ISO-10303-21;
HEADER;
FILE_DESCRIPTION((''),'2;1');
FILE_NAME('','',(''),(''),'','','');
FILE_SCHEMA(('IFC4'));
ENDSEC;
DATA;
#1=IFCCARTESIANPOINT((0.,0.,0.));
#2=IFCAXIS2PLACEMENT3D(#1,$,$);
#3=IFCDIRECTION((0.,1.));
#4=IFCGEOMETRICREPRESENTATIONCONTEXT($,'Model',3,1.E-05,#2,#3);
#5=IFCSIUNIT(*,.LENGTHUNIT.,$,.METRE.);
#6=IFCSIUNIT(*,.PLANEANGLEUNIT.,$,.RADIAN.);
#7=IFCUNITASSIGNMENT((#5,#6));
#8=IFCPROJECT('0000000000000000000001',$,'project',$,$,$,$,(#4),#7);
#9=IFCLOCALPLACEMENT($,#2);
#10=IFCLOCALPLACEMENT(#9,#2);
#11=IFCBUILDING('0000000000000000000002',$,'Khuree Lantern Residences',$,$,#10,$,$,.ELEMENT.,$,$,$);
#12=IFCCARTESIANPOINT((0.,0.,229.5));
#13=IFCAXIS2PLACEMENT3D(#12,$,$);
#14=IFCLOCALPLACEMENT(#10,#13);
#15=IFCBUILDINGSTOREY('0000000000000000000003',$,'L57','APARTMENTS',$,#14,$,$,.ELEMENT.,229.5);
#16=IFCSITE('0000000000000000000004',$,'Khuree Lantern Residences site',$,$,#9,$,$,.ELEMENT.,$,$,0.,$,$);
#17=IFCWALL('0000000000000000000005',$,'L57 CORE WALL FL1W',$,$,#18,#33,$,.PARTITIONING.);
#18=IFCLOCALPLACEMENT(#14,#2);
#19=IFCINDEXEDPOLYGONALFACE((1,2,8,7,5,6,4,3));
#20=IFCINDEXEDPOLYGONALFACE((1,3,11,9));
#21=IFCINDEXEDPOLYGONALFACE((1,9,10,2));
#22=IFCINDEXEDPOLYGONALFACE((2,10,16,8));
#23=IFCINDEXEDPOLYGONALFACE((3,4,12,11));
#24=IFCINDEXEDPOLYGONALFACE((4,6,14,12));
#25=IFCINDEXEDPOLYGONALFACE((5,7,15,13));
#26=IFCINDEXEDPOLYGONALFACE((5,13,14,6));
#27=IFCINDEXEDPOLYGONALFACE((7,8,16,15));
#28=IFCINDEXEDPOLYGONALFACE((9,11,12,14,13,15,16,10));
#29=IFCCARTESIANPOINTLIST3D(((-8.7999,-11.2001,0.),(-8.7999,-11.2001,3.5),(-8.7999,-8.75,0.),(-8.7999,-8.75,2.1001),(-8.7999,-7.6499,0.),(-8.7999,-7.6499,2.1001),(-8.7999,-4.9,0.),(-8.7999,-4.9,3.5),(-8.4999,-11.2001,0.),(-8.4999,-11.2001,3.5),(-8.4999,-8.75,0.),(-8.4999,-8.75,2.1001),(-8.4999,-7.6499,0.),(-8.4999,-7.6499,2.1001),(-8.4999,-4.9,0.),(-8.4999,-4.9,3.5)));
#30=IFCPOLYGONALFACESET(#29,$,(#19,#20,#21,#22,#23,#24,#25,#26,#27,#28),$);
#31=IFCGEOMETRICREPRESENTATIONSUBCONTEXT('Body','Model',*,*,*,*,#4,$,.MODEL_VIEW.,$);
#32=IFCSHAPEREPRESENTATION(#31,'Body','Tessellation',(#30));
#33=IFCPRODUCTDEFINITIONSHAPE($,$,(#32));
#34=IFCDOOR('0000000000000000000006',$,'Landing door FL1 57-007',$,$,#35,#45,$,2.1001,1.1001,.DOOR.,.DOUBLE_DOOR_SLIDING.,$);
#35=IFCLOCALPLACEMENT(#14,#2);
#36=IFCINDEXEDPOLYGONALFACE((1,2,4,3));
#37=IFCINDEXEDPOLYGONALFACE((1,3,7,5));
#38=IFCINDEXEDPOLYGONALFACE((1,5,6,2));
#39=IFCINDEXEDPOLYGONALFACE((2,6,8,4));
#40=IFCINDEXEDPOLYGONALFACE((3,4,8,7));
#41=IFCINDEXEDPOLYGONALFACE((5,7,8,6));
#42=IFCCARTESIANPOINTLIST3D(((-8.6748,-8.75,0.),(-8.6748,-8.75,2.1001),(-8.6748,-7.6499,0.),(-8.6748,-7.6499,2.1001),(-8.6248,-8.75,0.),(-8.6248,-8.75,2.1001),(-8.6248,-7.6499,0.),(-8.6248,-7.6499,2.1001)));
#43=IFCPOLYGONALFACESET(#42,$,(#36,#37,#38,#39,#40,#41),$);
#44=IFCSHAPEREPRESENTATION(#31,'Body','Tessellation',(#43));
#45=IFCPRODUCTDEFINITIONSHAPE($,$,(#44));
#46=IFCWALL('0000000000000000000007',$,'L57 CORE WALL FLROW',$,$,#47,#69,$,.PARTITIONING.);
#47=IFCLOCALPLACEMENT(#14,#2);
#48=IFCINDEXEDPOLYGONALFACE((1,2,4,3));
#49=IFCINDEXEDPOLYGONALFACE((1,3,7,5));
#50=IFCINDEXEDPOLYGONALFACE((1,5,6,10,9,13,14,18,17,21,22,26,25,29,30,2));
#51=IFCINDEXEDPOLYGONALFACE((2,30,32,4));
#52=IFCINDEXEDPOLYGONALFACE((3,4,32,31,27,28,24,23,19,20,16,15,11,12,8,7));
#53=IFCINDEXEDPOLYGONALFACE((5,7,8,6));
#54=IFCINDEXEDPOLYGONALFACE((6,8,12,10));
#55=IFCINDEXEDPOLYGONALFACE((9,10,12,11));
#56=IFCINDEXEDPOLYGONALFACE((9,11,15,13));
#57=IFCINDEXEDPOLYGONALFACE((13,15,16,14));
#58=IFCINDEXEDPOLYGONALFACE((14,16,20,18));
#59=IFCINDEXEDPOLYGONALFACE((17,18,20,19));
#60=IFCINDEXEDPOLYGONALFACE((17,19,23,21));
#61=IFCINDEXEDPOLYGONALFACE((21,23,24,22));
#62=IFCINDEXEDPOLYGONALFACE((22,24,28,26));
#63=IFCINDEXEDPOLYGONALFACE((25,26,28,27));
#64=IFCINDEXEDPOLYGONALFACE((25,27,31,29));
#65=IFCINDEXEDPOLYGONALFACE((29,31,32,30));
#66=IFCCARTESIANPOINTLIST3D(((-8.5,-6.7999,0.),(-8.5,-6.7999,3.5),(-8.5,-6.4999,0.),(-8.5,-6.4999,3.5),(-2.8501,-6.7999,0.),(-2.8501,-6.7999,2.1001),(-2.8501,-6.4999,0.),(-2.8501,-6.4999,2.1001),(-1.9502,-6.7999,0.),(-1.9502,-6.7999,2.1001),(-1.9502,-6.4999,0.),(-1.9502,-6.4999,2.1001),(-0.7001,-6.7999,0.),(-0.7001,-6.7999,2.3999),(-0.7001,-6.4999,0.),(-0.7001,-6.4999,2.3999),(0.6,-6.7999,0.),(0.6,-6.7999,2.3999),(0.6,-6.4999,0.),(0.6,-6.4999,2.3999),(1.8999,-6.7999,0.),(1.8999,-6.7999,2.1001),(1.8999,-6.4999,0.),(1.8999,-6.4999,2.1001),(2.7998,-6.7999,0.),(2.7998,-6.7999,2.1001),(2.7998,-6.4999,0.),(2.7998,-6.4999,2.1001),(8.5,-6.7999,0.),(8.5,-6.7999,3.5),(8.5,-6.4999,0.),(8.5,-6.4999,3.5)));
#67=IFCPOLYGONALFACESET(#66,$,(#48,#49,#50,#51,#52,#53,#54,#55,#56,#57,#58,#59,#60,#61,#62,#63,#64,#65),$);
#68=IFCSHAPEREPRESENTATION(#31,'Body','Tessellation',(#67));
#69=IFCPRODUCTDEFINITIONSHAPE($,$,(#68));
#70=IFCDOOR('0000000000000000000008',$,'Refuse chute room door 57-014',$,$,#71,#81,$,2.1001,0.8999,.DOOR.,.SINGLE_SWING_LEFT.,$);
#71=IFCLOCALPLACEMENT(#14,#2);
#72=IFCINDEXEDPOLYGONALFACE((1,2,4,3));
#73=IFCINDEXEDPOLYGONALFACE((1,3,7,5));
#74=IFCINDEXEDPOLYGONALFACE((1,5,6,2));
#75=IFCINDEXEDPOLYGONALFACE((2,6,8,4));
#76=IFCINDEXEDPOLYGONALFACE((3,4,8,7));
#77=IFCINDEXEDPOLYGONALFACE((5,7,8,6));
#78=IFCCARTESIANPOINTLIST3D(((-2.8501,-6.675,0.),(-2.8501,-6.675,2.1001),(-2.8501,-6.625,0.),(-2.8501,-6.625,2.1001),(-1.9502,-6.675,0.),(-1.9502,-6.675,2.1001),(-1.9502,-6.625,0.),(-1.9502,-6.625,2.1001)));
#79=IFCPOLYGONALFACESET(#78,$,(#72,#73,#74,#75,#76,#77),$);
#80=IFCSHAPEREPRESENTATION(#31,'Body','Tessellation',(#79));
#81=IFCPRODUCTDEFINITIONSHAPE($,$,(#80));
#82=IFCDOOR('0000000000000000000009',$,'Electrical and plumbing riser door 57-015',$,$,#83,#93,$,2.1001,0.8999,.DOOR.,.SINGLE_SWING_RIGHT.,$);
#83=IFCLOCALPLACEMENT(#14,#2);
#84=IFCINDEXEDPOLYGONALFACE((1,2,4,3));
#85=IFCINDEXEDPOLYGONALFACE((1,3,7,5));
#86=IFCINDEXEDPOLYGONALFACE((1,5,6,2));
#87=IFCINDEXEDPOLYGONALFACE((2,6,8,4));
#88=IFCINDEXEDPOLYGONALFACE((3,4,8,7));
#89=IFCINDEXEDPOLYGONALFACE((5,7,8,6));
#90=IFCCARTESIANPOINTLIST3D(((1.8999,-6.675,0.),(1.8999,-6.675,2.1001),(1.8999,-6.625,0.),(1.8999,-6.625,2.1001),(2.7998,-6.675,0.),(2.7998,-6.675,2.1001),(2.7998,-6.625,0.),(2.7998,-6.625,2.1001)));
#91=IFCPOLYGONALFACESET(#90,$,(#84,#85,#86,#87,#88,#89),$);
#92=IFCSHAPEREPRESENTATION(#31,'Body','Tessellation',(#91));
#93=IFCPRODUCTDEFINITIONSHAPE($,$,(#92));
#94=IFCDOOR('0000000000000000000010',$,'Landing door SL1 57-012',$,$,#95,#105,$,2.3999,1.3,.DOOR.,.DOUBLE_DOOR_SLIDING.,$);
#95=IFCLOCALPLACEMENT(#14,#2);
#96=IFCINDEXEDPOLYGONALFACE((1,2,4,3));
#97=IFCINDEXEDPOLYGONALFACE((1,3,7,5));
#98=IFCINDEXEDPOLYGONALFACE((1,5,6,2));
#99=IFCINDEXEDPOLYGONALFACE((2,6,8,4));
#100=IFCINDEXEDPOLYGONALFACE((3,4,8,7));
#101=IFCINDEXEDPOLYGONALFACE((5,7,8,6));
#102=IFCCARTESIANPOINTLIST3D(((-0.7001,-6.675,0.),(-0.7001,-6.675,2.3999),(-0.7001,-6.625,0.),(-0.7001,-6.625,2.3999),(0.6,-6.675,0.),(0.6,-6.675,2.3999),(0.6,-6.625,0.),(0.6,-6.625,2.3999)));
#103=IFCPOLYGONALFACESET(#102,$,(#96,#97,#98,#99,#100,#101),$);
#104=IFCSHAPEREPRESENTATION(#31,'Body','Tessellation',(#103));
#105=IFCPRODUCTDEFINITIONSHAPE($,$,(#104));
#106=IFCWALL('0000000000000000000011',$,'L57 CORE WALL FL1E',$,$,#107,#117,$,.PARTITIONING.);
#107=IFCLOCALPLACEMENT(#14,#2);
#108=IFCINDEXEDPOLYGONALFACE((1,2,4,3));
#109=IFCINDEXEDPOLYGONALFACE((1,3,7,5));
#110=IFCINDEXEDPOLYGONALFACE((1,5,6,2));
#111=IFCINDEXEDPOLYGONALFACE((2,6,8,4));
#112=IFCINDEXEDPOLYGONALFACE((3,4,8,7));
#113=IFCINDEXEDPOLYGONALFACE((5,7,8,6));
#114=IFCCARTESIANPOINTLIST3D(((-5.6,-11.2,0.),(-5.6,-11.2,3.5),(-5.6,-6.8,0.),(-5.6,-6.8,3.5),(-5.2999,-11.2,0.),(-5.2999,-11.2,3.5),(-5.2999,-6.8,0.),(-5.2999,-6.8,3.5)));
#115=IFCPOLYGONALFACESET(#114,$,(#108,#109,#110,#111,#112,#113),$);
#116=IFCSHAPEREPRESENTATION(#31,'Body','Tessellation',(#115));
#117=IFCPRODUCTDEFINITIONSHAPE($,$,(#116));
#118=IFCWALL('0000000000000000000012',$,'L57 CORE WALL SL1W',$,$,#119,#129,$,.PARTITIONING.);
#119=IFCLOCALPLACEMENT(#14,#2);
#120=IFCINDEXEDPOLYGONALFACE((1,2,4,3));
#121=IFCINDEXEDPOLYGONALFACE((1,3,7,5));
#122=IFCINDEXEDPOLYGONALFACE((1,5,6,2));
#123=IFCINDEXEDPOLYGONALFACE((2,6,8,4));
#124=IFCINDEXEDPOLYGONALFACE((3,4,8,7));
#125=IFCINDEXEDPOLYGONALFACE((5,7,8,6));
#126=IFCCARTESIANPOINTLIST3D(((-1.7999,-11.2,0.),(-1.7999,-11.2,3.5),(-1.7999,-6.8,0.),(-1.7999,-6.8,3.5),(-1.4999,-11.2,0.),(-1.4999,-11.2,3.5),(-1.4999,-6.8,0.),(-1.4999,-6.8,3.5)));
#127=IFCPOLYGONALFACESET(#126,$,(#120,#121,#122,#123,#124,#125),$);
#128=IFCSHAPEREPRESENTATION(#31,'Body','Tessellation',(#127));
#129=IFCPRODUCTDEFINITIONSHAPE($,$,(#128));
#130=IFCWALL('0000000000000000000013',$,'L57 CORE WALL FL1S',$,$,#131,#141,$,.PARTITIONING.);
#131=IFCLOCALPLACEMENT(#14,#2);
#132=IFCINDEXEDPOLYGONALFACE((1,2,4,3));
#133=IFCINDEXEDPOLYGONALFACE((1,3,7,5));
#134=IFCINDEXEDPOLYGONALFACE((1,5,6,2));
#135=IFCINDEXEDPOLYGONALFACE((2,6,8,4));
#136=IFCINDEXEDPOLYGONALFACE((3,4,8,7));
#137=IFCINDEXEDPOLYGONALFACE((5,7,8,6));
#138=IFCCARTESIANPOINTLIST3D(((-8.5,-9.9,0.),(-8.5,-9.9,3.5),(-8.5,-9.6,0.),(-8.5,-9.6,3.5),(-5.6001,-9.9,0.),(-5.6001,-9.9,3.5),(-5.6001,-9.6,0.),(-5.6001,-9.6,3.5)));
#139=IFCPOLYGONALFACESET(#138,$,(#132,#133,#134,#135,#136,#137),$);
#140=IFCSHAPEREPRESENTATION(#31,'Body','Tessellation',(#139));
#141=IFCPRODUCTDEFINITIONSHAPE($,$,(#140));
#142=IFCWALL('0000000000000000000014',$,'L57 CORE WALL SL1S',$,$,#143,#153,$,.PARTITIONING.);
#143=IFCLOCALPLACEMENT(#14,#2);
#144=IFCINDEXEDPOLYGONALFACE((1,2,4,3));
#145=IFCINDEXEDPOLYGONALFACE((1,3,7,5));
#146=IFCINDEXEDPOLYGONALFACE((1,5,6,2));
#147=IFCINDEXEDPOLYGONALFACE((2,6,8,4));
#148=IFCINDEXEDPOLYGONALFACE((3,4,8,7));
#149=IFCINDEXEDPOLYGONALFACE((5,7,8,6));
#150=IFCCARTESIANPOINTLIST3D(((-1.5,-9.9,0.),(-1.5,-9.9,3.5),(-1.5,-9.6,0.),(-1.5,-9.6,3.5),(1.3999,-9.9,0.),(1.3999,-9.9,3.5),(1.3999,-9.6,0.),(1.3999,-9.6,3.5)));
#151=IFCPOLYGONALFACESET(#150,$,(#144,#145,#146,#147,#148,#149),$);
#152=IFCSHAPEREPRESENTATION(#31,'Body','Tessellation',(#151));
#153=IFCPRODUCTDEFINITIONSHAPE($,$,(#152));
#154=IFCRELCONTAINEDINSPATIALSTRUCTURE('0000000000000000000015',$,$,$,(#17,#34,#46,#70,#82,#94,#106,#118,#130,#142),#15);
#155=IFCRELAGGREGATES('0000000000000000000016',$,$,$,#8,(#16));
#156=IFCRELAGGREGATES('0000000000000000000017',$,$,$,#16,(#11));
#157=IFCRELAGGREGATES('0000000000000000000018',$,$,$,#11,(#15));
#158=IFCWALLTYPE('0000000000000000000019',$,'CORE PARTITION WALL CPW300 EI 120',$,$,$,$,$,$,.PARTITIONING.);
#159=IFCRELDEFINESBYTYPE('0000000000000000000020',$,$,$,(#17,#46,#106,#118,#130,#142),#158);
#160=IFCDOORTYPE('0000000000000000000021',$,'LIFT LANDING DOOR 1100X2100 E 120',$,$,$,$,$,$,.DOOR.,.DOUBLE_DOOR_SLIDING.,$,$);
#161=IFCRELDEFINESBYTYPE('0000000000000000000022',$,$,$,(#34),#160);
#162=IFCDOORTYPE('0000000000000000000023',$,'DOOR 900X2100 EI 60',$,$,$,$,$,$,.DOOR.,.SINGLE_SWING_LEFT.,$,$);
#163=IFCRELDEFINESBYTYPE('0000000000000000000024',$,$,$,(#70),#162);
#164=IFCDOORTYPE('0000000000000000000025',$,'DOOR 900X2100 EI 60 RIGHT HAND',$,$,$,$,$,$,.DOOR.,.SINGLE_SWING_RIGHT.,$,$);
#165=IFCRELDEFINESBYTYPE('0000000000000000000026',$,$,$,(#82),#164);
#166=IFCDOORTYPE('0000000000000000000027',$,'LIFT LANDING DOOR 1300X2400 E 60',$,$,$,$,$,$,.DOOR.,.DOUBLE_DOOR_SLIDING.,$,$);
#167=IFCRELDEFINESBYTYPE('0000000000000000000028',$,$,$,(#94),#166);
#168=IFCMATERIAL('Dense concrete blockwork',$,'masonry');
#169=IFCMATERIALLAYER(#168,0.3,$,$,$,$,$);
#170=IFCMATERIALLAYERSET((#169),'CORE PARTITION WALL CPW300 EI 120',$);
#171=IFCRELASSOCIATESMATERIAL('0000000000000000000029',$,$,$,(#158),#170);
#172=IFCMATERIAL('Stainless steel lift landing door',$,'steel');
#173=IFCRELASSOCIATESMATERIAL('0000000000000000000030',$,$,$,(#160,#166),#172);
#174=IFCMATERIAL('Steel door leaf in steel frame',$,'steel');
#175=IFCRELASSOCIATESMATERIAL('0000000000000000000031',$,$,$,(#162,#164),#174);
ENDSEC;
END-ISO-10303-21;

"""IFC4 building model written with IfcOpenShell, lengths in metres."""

from ifc_helpers import new_model, si_unit, direction, frame, frame_2d, origin, place, context, subcontext, project, spatial, rectangle, extrude, material, layer, layer_set, type_object, element, fill, save


model = new_model("IFC4")

# Units and contexts
model_context = context("Model", 3, precision=1e-05, world=origin(), true_north=direction((0.0, 1.0)))
body_context = subcontext(model_context, "Body", "Model", "MODEL_VIEW")
ifc_project = project(units=[si_unit("LENGTHUNIT", "METRE"), si_unit("PLANEANGLEUNIT", "RADIAN")], contexts=[model_context])

# Site, building, storey
site_placement = place(None, origin())
site = spatial("IfcSite", under=ifc_project, at=site_placement, Name="Khuree Lantern Residences site", CompositionType="ELEMENT", RefElevation=0.0)
building_placement = place(site_placement, origin())
building = spatial("IfcBuilding", under=site, at=building_placement, Name="Khuree Lantern Residences", CompositionType="ELEMENT")
storey_placement = place(building_placement, frame((0.0, 0.0, 229.5)))
storey = spatial("IfcBuildingStorey", under=building, at=storey_placement, Name="L57", Description="APARTMENTS", CompositionType="ELEMENT", Elevation=229.5)

# Wall, opening, door
ifc_material_1 = material(Name="Dense concrete blockwork", Category="masonry")
ifc_layer_1 = layer(ifc_material_1, 0.3)
ifc_layer_set_1 = layer_set([ifc_layer_1], Name="CORE PARTITION WALL CPW300 EI 120")
wall_type_1 = type_object("IfcWallType", Name="CORE PARTITION WALL CPW300 EI 120", PredefinedType="PARTITIONING", material=ifc_layer_set_1)
wall_1_placement = place(storey_placement, frame((-8.6499, -11.2, 0.0), z_axis=(0.0, 0.0, 1.0), x_axis=(0.0, 1.0, 0.0)))
wall_1 = element("IfcWall", 1, at=wall_1_placement, inside=storey, type_object=wall_type_1, Name="L57 CORE WALL FL1W", PredefinedType="PARTITIONING", context=body_context, shape_type="SweptSolid", body=[
    extrude(rectangle(XDim=6.3, YDim=0.3, at=frame_2d((3.1499, 0.0))), origin(), (0.0, 0.0, 1.0), 3.5),
])
opening_1_placement = place(wall_1_placement, frame((2.45, 0.0, 0.0)))
opening_1 = element("IfcOpeningElement", 2, at=opening_1_placement, cuts=wall_1, PredefinedType="OPENING", context=body_context, shape_type="SweptSolid", body=[
    extrude(rectangle(XDim=1.1001, YDim=2.1001, at=frame_2d((0.55, 1.05))), frame((0.0, 0.1602, 0.0), z_axis=(0.0, -1.0, 0.0), x_axis=(1.0, 0.0, 0.0)), (0.0, 0.0, 1.0), 0.3201),
])
ifc_material_2 = material(Name="Stainless steel lift landing door", Category="steel")
door_type_1 = type_object("IfcDoorType", Name="LIFT LANDING DOOR 1100X2100 E 120", OperationType="DOUBLE_DOOR_SLIDING", PredefinedType="DOOR", material=ifc_material_2)
door_1_placement = place(opening_1_placement, origin())
door_1 = element("IfcDoor", 3, at=door_1_placement, inside=storey, type_object=door_type_1, Name="Landing door FL1 57-007", OperationType="DOUBLE_DOOR_SLIDING", OverallHeight=2.1001, OverallWidth=1.1001, PredefinedType="DOOR", context=body_context, shape_type="SweptSolid", body=[
    extrude(rectangle(XDim=1.1001, YDim=2.1001, at=frame_2d((0.55, 1.05))), frame((0.0, 0.0249, 0.0), z_axis=(0.0, -1.0, 0.0), x_axis=(1.0, 0.0, 0.0)), (0.0, 0.0, 1.0), 0.05),
])
fill(opening_1, door_1)

# Wall, openings, doors
wall_2_placement = place(storey_placement, frame((-8.5, -6.6499, 0.0), z_axis=(0.0, 0.0, 1.0), x_axis=(1.0, 0.0, 0.0)))
wall_2 = element("IfcWall", 4, at=wall_2_placement, inside=storey, type_object=wall_type_1, Name="L57 CORE WALL FLROW", PredefinedType="PARTITIONING", context=body_context, shape_type="SweptSolid", body=[
    extrude(rectangle(XDim=17.0, YDim=0.3, at=frame_2d((8.5, 0.0))), origin(), (0.0, 0.0, 1.0), 3.5),
])
opening_2_placement = place(wall_2_placement, frame((7.8, 0.0, 0.0)))
opening_2 = element("IfcOpeningElement", 5, at=opening_2_placement, cuts=wall_2, PredefinedType="OPENING", context=body_context, shape_type="SweptSolid", body=[
    extrude(rectangle(XDim=1.3, YDim=2.3999, at=frame_2d((0.6499, 1.2))), frame((0.0, 0.1602, 0.0), z_axis=(0.0, -1.0, 0.0), x_axis=(1.0, 0.0, 0.0)), (0.0, 0.0, 1.0), 0.3201),
])
opening_3_placement = place(wall_2_placement, frame((5.6499, 0.0, 0.0)))
opening_3 = element("IfcOpeningElement", 6, at=opening_3_placement, cuts=wall_2, PredefinedType="OPENING", context=body_context, shape_type="SweptSolid", body=[
    extrude(rectangle(XDim=0.8999, YDim=2.1001, at=frame_2d((0.45, 1.05))), frame((0.0, 0.1602, 0.0), z_axis=(0.0, -1.0, 0.0), x_axis=(1.0, 0.0, 0.0)), (0.0, 0.0, 1.0), 0.3201),
])
opening_4_placement = place(wall_2_placement, frame((10.3999, 0.0, 0.0)))
opening_4 = element("IfcOpeningElement", 7, at=opening_4_placement, cuts=wall_2, PredefinedType="OPENING", context=body_context, shape_type="SweptSolid", body=[
    extrude(rectangle(XDim=0.8999, YDim=2.1001, at=frame_2d((0.45, 1.05))), frame((0.0, 0.1602, 0.0), z_axis=(0.0, -1.0, 0.0), x_axis=(1.0, 0.0, 0.0)), (0.0, 0.0, 1.0), 0.3201),
])
ifc_material_3 = material(Name="Steel door leaf in steel frame", Category="steel")
door_type_2 = type_object("IfcDoorType", Name="DOOR 900X2100 EI 60", OperationType="SINGLE_SWING_LEFT", PredefinedType="DOOR", material=ifc_material_3)
door_2_placement = place(opening_3_placement, origin())
door_2 = element("IfcDoor", 8, at=door_2_placement, inside=storey, type_object=door_type_2, Name="Refuse chute room door 57-014", OperationType="SINGLE_SWING_LEFT", OverallHeight=2.1001, OverallWidth=0.8999, PredefinedType="DOOR", context=body_context, shape_type="SweptSolid", body=[
    extrude(rectangle(XDim=0.8999, YDim=2.1001, at=frame_2d((0.45, 1.05))), frame((0.0, 0.0249, 0.0), z_axis=(0.0, -1.0, 0.0), x_axis=(1.0, 0.0, 0.0)), (0.0, 0.0, 1.0), 0.05),
])
fill(opening_3, door_2)
door_type_3 = type_object("IfcDoorType", Name="DOOR 900X2100 EI 60 RIGHT HAND", OperationType="SINGLE_SWING_RIGHT", PredefinedType="DOOR", material=ifc_material_3)
door_3_placement = place(opening_4_placement, origin())
door_3 = element("IfcDoor", 9, at=door_3_placement, inside=storey, type_object=door_type_3, Name="Electrical and plumbing riser door 57-015", OperationType="SINGLE_SWING_RIGHT", OverallHeight=2.1001, OverallWidth=0.8999, PredefinedType="DOOR", context=body_context, shape_type="SweptSolid", body=[
    extrude(rectangle(XDim=0.8999, YDim=2.1001, at=frame_2d((0.45, 1.05))), frame((0.0, 0.0249, 0.0), z_axis=(0.0, -1.0, 0.0), x_axis=(1.0, 0.0, 0.0)), (0.0, 0.0, 1.0), 0.05),
])
fill(opening_4, door_3)
door_type_4 = type_object("IfcDoorType", Name="LIFT LANDING DOOR 1300X2400 E 60", OperationType="DOUBLE_DOOR_SLIDING", PredefinedType="DOOR", material=ifc_material_2)
door_4_placement = place(opening_2_placement, origin())
door_4 = element("IfcDoor", 10, at=door_4_placement, inside=storey, type_object=door_type_4, Name="Landing door SL1 57-012", OperationType="DOUBLE_DOOR_SLIDING", OverallHeight=2.3999, OverallWidth=1.3, PredefinedType="DOOR", context=body_context, shape_type="SweptSolid", body=[
    extrude(rectangle(XDim=1.3, YDim=2.3999, at=frame_2d((0.6499, 1.2))), frame((0.0, 0.0249, 0.0), z_axis=(0.0, -1.0, 0.0), x_axis=(1.0, 0.0, 0.0)), (0.0, 0.0, 1.0), 0.05),
])
fill(opening_2, door_4)

# Walls
for number, where, z_axis, x_axis, name in (
    (11, (-5.45, -11.2, 0.0), (0.0, 0.0, 1.0), (0.0, 1.0, 0.0), "L57 CORE WALL FL1E"),
    (12, (-1.6499, -11.2, 0.0), (0.0, 0.0, 1.0), (0.0, 1.0, 0.0), "L57 CORE WALL SL1W"),
):
    element("IfcWall", number, at=place(storey_placement, frame(where, z_axis=z_axis, x_axis=x_axis)), inside=storey, type_object=wall_type_1, Name=name, PredefinedType="PARTITIONING", context=body_context, shape_type="SweptSolid", body=[
        extrude(rectangle(XDim=4.3999, YDim=0.3, at=frame_2d((2.2, 0.0))), origin(), (0.0, 0.0, 1.0), 3.5),
    ])
for number, where, z_axis, x_axis, name in (
    (13, (-8.5, -9.75, 0.0), (0.0, 0.0, 1.0), (1.0, 0.0, 0.0), "L57 CORE WALL FL1S"),
    (14, (-1.5, -9.75, 0.0), (0.0, 0.0, 1.0), (1.0, 0.0, 0.0), "L57 CORE WALL SL1S"),
):
    element("IfcWall", number, at=place(storey_placement, frame(where, z_axis=z_axis, x_axis=x_axis)), inside=storey, type_object=wall_type_1, Name=name, PredefinedType="PARTITIONING", context=body_context, shape_type="SweptSolid", body=[
        extrude(rectangle(XDim=2.8999, YDim=0.3, at=frame_2d((1.45, 0.0))), origin(), (0.0, 0.0, 1.0), 3.5),
    ])

save(model, "model.ifc")
